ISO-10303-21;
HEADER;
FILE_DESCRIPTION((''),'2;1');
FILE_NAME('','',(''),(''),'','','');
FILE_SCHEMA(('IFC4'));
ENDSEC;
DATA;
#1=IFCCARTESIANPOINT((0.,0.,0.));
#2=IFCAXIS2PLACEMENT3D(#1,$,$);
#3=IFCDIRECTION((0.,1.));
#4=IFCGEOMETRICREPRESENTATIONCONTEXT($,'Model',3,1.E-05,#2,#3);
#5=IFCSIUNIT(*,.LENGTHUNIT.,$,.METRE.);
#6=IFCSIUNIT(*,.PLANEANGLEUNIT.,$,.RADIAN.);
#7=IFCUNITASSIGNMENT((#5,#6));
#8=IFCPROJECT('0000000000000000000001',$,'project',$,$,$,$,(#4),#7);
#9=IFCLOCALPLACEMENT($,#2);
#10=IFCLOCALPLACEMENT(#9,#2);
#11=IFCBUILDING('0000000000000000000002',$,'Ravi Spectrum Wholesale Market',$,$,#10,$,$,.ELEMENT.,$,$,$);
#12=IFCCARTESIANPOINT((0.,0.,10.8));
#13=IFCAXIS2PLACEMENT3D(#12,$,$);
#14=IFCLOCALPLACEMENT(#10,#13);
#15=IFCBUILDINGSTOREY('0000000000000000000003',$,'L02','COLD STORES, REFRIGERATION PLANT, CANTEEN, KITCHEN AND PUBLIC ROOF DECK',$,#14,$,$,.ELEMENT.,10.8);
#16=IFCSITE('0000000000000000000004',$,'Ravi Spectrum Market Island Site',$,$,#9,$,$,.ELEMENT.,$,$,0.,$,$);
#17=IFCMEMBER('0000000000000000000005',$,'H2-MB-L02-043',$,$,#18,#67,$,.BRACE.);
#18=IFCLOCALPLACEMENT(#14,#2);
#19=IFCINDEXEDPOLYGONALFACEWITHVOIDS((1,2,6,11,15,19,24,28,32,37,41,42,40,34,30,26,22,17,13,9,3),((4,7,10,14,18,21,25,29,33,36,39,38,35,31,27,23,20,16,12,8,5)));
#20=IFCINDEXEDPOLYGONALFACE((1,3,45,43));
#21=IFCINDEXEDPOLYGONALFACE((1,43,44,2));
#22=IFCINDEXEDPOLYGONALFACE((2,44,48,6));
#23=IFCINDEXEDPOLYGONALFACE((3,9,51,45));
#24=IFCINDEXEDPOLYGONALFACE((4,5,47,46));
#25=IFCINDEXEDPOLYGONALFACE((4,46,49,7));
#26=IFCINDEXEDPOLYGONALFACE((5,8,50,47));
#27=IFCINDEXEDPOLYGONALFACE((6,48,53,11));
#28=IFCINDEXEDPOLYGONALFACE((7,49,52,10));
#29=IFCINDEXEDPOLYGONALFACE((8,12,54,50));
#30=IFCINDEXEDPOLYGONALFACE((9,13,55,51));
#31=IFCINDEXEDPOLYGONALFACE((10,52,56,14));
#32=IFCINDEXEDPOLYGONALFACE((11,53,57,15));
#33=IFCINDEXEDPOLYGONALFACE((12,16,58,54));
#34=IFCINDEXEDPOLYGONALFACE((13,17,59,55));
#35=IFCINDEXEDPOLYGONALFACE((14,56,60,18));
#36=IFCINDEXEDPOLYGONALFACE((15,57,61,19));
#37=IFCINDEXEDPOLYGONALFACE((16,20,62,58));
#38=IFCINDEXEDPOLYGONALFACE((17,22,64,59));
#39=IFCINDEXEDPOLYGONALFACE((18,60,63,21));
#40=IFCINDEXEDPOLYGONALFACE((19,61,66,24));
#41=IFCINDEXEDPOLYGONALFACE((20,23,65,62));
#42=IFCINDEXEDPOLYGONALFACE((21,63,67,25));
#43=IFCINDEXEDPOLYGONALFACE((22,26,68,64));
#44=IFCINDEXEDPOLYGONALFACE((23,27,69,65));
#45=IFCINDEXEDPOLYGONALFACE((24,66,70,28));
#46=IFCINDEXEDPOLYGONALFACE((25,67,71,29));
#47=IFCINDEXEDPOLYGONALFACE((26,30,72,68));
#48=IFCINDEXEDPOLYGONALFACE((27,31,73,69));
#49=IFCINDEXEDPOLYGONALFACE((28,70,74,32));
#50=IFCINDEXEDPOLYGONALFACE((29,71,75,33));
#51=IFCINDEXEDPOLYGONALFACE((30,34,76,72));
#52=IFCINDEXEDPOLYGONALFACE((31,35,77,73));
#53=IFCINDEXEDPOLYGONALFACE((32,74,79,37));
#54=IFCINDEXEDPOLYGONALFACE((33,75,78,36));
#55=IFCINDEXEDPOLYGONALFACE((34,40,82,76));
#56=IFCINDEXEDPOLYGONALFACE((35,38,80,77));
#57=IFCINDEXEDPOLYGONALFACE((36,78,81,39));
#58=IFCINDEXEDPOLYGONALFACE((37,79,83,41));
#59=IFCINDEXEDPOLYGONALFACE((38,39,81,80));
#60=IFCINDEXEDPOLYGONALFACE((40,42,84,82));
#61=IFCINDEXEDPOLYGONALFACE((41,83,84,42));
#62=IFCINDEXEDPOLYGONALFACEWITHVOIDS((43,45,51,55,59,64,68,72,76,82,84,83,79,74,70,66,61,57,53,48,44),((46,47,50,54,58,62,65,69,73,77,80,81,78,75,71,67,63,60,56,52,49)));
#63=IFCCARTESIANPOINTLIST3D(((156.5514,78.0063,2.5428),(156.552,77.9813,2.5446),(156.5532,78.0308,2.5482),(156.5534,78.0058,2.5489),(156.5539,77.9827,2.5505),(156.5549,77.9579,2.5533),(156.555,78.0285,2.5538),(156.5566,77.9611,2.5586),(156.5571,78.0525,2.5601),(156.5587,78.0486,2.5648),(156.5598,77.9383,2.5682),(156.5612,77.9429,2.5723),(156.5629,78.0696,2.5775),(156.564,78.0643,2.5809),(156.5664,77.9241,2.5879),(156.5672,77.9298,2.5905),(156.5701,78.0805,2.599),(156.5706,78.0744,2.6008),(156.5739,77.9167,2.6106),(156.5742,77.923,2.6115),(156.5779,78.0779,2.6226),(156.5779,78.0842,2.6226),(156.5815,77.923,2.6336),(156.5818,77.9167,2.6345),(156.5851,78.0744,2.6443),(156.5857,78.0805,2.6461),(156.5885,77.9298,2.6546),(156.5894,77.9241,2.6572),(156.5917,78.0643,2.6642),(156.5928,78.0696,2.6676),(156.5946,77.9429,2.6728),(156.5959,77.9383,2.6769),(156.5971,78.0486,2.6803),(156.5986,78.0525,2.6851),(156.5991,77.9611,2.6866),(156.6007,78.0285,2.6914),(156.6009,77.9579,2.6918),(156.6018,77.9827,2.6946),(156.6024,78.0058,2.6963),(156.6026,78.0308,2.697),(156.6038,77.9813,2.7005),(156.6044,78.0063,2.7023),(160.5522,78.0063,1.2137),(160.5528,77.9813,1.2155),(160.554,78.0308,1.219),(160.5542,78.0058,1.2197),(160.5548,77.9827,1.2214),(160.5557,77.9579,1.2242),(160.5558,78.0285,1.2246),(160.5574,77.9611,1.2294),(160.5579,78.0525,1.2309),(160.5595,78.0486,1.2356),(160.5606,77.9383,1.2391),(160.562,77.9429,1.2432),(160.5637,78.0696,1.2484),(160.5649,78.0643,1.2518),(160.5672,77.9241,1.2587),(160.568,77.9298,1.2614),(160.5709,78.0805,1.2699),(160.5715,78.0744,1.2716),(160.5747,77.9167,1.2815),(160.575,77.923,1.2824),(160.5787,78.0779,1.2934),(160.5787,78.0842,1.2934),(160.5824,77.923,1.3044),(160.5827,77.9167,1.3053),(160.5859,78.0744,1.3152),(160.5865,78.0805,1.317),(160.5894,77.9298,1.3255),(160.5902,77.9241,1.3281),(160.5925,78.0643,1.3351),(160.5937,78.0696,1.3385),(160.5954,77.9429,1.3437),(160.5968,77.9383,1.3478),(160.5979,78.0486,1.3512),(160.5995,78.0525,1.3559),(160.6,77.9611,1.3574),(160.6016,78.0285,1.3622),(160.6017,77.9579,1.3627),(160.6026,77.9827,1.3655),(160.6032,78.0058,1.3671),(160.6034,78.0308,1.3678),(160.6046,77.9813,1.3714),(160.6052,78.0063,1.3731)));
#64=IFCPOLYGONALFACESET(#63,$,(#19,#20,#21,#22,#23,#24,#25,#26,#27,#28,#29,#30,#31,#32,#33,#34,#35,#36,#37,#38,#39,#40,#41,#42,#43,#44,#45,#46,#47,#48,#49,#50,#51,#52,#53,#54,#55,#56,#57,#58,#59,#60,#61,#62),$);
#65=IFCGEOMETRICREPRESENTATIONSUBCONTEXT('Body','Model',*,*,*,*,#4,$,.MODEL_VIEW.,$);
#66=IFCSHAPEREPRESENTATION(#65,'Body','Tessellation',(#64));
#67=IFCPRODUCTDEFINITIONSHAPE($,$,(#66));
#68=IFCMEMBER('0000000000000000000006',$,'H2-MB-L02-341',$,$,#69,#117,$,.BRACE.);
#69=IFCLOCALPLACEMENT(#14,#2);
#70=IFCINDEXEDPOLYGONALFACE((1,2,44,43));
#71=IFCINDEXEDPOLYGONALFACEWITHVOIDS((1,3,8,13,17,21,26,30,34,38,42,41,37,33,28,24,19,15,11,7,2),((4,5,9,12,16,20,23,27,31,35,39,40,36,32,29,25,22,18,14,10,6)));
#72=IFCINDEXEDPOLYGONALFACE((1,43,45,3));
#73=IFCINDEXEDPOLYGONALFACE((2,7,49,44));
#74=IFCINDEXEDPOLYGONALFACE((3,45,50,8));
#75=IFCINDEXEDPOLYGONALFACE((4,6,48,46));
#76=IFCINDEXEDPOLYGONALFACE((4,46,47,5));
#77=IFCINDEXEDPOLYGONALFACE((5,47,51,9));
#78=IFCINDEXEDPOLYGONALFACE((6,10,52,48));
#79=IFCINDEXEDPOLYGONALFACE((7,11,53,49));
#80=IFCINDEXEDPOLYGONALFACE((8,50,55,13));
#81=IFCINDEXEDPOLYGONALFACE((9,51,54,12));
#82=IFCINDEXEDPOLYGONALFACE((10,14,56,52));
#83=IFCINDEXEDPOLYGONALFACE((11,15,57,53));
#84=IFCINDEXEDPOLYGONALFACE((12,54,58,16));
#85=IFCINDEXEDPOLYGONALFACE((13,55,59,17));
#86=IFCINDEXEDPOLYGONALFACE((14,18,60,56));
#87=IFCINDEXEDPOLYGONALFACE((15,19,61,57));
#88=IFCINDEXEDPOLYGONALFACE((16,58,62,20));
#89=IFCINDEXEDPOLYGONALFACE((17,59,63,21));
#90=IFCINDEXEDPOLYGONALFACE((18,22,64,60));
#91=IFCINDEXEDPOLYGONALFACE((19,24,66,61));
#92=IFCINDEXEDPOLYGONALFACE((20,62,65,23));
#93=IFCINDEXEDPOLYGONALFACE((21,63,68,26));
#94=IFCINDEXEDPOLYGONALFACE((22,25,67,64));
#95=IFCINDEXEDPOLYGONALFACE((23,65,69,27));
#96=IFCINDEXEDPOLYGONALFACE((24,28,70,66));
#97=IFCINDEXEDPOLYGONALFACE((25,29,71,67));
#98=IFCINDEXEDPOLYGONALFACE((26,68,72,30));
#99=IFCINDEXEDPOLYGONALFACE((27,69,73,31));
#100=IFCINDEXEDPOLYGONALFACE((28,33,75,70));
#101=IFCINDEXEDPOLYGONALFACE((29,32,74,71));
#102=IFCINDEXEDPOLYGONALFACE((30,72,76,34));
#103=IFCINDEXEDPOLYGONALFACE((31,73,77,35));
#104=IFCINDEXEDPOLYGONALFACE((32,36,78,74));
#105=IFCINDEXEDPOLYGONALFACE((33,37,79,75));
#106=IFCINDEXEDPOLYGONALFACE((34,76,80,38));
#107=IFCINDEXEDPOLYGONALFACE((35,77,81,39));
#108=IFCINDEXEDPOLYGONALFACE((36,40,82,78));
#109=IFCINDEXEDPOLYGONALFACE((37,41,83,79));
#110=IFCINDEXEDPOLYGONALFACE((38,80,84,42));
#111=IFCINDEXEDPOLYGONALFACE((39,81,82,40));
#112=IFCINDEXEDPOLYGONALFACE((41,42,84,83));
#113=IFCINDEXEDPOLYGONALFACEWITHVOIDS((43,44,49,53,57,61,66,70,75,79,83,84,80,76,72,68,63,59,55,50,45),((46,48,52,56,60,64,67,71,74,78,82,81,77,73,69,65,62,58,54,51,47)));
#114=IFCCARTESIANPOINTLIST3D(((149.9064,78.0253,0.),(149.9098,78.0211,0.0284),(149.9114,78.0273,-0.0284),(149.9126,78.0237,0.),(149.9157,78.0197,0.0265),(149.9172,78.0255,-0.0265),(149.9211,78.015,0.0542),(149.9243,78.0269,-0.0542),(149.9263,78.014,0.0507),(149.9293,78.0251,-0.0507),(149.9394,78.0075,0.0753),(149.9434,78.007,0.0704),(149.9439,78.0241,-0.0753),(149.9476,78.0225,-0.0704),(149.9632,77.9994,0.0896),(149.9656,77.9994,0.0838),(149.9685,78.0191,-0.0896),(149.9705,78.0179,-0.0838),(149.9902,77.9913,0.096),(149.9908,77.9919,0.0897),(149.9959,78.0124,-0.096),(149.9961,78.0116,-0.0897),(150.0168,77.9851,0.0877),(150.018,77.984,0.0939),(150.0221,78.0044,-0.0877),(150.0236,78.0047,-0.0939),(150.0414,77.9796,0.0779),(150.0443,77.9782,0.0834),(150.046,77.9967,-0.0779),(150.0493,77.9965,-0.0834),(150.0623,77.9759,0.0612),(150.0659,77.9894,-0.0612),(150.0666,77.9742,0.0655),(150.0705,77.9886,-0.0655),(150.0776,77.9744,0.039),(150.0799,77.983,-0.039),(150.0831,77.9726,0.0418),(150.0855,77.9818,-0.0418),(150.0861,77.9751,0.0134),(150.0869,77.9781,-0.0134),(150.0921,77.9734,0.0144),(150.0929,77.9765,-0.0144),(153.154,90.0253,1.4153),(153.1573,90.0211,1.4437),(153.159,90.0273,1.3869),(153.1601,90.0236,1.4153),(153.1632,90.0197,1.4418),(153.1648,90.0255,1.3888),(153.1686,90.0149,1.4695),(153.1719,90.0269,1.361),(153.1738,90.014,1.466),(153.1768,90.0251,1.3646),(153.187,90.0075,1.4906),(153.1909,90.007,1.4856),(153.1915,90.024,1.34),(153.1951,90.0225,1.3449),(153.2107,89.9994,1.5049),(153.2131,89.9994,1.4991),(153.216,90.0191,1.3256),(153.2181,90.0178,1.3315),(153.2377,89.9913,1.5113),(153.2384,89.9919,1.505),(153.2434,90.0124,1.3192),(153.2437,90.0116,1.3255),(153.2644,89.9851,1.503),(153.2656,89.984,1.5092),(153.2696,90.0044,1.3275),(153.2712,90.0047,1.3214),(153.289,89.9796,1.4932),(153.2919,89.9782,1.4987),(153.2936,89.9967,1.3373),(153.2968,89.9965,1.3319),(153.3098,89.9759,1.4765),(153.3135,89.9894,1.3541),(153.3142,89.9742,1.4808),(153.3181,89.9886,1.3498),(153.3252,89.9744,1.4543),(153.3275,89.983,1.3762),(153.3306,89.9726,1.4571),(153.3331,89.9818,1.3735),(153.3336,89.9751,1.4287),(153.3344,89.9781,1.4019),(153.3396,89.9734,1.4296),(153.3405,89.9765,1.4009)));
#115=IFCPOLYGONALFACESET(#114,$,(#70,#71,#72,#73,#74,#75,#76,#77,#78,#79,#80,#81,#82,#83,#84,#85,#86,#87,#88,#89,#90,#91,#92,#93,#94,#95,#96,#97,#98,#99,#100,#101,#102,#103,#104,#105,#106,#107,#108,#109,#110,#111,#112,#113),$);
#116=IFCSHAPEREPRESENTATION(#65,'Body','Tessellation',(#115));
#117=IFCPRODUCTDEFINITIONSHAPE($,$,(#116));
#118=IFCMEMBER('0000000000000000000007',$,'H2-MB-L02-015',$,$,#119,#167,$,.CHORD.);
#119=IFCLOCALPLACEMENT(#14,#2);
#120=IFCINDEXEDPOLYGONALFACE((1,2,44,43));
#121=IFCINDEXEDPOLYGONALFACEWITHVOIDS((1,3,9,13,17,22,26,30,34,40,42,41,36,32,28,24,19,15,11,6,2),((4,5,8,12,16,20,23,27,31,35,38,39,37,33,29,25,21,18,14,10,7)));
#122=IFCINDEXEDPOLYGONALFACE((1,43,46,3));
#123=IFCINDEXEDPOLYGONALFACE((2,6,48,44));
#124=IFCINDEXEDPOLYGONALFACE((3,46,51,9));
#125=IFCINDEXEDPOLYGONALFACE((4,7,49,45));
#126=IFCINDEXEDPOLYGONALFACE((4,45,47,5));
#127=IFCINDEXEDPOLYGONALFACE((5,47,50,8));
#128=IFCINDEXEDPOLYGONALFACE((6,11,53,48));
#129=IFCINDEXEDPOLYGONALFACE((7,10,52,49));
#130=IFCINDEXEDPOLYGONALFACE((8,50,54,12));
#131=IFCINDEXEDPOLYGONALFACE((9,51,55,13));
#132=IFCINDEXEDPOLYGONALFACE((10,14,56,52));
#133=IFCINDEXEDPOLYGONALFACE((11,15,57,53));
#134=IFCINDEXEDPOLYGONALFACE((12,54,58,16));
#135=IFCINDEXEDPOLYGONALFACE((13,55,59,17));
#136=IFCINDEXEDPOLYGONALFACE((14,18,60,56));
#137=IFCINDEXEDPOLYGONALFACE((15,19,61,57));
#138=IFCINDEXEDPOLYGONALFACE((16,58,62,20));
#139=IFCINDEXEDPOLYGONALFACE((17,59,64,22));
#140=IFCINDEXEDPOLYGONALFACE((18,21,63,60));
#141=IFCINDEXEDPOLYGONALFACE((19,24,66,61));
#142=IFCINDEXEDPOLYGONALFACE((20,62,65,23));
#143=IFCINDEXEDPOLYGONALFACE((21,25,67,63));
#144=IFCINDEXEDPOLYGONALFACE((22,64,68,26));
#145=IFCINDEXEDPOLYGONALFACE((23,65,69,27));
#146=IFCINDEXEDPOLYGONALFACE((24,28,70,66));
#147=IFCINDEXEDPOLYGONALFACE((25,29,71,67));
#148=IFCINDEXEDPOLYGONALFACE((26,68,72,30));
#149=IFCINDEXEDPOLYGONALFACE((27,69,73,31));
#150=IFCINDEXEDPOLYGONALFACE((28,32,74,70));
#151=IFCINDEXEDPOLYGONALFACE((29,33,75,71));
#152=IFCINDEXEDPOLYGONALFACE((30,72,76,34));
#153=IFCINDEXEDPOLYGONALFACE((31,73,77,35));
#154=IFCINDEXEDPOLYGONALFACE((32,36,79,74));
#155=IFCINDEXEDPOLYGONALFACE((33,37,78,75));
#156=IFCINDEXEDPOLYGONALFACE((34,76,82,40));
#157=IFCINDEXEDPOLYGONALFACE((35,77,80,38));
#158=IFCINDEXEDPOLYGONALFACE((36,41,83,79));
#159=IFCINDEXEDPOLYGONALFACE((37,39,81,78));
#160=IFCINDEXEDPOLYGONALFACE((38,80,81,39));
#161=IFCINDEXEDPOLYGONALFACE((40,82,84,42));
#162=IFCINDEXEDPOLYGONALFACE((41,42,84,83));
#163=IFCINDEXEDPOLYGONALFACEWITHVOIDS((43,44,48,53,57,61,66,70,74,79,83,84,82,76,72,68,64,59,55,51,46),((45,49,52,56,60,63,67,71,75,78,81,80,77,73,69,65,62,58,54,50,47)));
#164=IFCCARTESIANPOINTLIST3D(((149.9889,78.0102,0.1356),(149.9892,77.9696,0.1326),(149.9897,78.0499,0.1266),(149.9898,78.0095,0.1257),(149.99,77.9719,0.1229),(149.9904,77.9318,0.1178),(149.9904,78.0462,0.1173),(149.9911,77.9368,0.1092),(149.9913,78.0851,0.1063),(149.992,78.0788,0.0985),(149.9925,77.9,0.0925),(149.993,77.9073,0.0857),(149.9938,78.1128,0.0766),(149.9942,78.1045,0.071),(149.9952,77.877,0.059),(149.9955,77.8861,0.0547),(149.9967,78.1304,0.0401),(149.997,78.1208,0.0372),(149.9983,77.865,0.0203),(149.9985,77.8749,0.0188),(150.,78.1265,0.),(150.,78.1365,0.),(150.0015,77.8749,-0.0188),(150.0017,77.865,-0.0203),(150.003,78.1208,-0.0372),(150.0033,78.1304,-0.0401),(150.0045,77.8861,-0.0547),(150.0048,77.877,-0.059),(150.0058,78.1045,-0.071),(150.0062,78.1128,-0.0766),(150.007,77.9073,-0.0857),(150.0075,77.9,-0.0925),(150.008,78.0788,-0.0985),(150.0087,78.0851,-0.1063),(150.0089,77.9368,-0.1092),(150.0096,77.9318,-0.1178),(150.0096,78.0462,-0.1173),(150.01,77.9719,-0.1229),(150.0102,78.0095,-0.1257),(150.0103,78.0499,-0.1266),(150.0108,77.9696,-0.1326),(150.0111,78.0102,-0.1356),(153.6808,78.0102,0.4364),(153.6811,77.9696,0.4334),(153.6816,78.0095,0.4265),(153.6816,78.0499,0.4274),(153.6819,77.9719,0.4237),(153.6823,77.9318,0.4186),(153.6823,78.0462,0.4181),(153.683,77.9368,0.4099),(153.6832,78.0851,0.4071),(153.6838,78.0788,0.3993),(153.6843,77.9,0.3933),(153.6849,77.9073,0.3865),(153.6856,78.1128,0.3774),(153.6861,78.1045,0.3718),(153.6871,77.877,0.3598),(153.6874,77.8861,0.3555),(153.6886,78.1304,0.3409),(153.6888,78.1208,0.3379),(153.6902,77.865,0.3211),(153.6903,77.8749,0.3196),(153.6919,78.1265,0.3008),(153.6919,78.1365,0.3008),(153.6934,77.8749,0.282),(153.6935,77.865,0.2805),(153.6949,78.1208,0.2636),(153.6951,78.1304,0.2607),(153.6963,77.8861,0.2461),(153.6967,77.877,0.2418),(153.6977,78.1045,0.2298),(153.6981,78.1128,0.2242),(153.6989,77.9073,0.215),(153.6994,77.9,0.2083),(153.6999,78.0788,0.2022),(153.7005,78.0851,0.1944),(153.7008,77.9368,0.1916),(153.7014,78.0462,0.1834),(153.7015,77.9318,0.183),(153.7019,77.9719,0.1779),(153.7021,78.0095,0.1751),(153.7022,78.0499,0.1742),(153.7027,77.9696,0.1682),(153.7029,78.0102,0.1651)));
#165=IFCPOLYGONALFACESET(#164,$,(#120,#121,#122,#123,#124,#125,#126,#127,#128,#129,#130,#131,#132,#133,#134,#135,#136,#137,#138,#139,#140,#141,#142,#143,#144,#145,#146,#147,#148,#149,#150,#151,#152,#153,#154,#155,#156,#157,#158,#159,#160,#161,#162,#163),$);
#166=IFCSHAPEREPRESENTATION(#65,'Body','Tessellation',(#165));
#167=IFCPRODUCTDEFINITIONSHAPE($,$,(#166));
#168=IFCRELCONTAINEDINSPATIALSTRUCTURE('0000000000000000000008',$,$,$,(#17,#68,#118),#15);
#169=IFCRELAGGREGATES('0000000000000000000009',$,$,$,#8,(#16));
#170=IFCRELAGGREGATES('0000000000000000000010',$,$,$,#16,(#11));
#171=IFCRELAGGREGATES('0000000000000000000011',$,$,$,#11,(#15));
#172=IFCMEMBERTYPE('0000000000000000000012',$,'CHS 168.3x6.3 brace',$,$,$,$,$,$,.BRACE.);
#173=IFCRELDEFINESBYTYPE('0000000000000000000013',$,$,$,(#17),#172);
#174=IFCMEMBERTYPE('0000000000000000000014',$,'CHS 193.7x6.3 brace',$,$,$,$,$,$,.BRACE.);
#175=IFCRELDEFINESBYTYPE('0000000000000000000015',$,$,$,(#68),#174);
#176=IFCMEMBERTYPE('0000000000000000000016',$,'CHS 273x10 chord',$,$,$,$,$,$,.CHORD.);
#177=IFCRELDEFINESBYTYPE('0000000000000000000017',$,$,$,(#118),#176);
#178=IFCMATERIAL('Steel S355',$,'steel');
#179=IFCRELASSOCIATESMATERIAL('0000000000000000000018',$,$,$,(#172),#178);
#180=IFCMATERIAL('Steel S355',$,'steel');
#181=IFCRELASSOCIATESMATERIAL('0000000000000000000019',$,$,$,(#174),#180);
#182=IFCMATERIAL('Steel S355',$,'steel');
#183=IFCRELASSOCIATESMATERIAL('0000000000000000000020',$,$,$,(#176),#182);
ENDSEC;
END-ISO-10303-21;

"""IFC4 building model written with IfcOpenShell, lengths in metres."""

from ifc_helpers import new_model, si_unit, direction, frame, origin, origin_2d, place, context, subcontext, project, spatial, hollow_circle, extrude, material, material_profile, profile_set, type_object, element, save


model = new_model("IFC4")

# Units and contexts
model_context = context("Model", 3, precision=1e-05, world=origin(), true_north=direction((0.0, 1.0)))
body_context = subcontext(model_context, "Body", "Model", "MODEL_VIEW")
ifc_project = project(units=[si_unit("LENGTHUNIT", "METRE"), si_unit("PLANEANGLEUNIT", "RADIAN")], contexts=[model_context])

# Site, building, storey
site_placement = place(None, origin())
site = spatial("IfcSite", under=ifc_project, at=site_placement, Name="Ravi Spectrum Market Island Site", CompositionType="ELEMENT", RefElevation=0.0)
building_placement = place(site_placement, origin())
building = spatial("IfcBuilding", under=site, at=building_placement, Name="Ravi Spectrum Wholesale Market", CompositionType="ELEMENT")
storey_placement = place(building_placement, frame((0.0, 0.0, 10.8)))
storey = spatial("IfcBuildingStorey", under=building, at=storey_placement, Name="L02", Description="COLD STORES, REFRIGERATION PLANT, CANTEEN, KITCHEN AND PUBLIC ROOF DECK", CompositionType="ELEMENT", Elevation=10.8)

# Members
ifc_material_1 = material(Name="Steel S355", Category="steel")
ifc_material_profile_1 = material_profile(ifc_material_1, hollow_circle(Radius=0.0842, WallThickness=0.0063, at=origin_2d()))
ifc_profile_set_1 = profile_set([ifc_material_profile_1], Name="Steel S355")
member_type_1 = type_object("IfcMemberType", Name="CHS 168.3x6.3 brace", PredefinedType="BRACE", material=ifc_profile_set_1)
member_1_placement = place(storey_placement, frame((156.5779, 78.0, 2.6226), z_axis=(0.949001, 0.0, -0.315272), x_axis=(0.0, 1.0, 0.0)))
element("IfcMember", 1, at=member_1_placement, inside=storey, type_object=member_type_1, Name="H2-MB-L02-043", PredefinedType="BRACE", context=body_context, shape_type="SweptSolid", body=[
    extrude(hollow_circle(Radius=0.0842, WallThickness=0.0063, at=origin_2d()), origin(), (0.0, 0.0, 1.0), 4.2158),
])
ifc_material_2 = material(Name="Steel S355", Category="steel")
ifc_material_profile_2 = material_profile(ifc_material_2, hollow_circle(Radius=0.0969, WallThickness=0.0063, at=origin_2d()))
ifc_profile_set_2 = profile_set([ifc_material_profile_2], Name="Steel S355")
member_type_2 = type_object("IfcMemberType", Name="CHS 193.7x6.3 brace", PredefinedType="BRACE", material=ifc_profile_set_2)
member_2_placement = place(storey_placement, frame((150.0, 78.0, 0.0), z_axis=(0.259556, 0.959081, 0.113114), x_axis=(-0.965276, 0.261233, 0.0)))
element("IfcMember", 2, at=member_2_placement, inside=storey, type_object=member_type_2, Name="H2-MB-L02-341", PredefinedType="BRACE", context=body_context, shape_type="SweptSolid", body=[
    extrude(hollow_circle(Radius=0.0969, WallThickness=0.0063, at=origin_2d()), origin(), (0.0, 0.0, 1.0), 12.512),
])
ifc_material_3 = material(Name="Steel S355", Category="steel")
ifc_material_profile_3 = material_profile(ifc_material_3, hollow_circle(Radius=0.1365, WallThickness=0.01, at=origin_2d()))
ifc_profile_set_3 = profile_set([ifc_material_profile_3], Name="Steel S355")
member_type_3 = type_object("IfcMemberType", Name="CHS 273x10 chord", PredefinedType="CHORD", material=ifc_profile_set_3)
member_3_placement = place(storey_placement, frame((150.0, 78.0, 0.0), z_axis=(0.996698, 0.0, 0.081202), x_axis=(0.0, 1.0, 0.0)))
element("IfcMember", 3, at=member_3_placement, inside=storey, type_object=member_type_3, Name="H2-MB-L02-015", PredefinedType="CHORD", context=body_context, shape_type="SweptSolid", body=[
    extrude(hollow_circle(Radius=0.1365, WallThickness=0.01, at=origin_2d()), origin(), (0.0, 0.0, 1.0), 3.7041),
])

save(model, "model.ifc")
